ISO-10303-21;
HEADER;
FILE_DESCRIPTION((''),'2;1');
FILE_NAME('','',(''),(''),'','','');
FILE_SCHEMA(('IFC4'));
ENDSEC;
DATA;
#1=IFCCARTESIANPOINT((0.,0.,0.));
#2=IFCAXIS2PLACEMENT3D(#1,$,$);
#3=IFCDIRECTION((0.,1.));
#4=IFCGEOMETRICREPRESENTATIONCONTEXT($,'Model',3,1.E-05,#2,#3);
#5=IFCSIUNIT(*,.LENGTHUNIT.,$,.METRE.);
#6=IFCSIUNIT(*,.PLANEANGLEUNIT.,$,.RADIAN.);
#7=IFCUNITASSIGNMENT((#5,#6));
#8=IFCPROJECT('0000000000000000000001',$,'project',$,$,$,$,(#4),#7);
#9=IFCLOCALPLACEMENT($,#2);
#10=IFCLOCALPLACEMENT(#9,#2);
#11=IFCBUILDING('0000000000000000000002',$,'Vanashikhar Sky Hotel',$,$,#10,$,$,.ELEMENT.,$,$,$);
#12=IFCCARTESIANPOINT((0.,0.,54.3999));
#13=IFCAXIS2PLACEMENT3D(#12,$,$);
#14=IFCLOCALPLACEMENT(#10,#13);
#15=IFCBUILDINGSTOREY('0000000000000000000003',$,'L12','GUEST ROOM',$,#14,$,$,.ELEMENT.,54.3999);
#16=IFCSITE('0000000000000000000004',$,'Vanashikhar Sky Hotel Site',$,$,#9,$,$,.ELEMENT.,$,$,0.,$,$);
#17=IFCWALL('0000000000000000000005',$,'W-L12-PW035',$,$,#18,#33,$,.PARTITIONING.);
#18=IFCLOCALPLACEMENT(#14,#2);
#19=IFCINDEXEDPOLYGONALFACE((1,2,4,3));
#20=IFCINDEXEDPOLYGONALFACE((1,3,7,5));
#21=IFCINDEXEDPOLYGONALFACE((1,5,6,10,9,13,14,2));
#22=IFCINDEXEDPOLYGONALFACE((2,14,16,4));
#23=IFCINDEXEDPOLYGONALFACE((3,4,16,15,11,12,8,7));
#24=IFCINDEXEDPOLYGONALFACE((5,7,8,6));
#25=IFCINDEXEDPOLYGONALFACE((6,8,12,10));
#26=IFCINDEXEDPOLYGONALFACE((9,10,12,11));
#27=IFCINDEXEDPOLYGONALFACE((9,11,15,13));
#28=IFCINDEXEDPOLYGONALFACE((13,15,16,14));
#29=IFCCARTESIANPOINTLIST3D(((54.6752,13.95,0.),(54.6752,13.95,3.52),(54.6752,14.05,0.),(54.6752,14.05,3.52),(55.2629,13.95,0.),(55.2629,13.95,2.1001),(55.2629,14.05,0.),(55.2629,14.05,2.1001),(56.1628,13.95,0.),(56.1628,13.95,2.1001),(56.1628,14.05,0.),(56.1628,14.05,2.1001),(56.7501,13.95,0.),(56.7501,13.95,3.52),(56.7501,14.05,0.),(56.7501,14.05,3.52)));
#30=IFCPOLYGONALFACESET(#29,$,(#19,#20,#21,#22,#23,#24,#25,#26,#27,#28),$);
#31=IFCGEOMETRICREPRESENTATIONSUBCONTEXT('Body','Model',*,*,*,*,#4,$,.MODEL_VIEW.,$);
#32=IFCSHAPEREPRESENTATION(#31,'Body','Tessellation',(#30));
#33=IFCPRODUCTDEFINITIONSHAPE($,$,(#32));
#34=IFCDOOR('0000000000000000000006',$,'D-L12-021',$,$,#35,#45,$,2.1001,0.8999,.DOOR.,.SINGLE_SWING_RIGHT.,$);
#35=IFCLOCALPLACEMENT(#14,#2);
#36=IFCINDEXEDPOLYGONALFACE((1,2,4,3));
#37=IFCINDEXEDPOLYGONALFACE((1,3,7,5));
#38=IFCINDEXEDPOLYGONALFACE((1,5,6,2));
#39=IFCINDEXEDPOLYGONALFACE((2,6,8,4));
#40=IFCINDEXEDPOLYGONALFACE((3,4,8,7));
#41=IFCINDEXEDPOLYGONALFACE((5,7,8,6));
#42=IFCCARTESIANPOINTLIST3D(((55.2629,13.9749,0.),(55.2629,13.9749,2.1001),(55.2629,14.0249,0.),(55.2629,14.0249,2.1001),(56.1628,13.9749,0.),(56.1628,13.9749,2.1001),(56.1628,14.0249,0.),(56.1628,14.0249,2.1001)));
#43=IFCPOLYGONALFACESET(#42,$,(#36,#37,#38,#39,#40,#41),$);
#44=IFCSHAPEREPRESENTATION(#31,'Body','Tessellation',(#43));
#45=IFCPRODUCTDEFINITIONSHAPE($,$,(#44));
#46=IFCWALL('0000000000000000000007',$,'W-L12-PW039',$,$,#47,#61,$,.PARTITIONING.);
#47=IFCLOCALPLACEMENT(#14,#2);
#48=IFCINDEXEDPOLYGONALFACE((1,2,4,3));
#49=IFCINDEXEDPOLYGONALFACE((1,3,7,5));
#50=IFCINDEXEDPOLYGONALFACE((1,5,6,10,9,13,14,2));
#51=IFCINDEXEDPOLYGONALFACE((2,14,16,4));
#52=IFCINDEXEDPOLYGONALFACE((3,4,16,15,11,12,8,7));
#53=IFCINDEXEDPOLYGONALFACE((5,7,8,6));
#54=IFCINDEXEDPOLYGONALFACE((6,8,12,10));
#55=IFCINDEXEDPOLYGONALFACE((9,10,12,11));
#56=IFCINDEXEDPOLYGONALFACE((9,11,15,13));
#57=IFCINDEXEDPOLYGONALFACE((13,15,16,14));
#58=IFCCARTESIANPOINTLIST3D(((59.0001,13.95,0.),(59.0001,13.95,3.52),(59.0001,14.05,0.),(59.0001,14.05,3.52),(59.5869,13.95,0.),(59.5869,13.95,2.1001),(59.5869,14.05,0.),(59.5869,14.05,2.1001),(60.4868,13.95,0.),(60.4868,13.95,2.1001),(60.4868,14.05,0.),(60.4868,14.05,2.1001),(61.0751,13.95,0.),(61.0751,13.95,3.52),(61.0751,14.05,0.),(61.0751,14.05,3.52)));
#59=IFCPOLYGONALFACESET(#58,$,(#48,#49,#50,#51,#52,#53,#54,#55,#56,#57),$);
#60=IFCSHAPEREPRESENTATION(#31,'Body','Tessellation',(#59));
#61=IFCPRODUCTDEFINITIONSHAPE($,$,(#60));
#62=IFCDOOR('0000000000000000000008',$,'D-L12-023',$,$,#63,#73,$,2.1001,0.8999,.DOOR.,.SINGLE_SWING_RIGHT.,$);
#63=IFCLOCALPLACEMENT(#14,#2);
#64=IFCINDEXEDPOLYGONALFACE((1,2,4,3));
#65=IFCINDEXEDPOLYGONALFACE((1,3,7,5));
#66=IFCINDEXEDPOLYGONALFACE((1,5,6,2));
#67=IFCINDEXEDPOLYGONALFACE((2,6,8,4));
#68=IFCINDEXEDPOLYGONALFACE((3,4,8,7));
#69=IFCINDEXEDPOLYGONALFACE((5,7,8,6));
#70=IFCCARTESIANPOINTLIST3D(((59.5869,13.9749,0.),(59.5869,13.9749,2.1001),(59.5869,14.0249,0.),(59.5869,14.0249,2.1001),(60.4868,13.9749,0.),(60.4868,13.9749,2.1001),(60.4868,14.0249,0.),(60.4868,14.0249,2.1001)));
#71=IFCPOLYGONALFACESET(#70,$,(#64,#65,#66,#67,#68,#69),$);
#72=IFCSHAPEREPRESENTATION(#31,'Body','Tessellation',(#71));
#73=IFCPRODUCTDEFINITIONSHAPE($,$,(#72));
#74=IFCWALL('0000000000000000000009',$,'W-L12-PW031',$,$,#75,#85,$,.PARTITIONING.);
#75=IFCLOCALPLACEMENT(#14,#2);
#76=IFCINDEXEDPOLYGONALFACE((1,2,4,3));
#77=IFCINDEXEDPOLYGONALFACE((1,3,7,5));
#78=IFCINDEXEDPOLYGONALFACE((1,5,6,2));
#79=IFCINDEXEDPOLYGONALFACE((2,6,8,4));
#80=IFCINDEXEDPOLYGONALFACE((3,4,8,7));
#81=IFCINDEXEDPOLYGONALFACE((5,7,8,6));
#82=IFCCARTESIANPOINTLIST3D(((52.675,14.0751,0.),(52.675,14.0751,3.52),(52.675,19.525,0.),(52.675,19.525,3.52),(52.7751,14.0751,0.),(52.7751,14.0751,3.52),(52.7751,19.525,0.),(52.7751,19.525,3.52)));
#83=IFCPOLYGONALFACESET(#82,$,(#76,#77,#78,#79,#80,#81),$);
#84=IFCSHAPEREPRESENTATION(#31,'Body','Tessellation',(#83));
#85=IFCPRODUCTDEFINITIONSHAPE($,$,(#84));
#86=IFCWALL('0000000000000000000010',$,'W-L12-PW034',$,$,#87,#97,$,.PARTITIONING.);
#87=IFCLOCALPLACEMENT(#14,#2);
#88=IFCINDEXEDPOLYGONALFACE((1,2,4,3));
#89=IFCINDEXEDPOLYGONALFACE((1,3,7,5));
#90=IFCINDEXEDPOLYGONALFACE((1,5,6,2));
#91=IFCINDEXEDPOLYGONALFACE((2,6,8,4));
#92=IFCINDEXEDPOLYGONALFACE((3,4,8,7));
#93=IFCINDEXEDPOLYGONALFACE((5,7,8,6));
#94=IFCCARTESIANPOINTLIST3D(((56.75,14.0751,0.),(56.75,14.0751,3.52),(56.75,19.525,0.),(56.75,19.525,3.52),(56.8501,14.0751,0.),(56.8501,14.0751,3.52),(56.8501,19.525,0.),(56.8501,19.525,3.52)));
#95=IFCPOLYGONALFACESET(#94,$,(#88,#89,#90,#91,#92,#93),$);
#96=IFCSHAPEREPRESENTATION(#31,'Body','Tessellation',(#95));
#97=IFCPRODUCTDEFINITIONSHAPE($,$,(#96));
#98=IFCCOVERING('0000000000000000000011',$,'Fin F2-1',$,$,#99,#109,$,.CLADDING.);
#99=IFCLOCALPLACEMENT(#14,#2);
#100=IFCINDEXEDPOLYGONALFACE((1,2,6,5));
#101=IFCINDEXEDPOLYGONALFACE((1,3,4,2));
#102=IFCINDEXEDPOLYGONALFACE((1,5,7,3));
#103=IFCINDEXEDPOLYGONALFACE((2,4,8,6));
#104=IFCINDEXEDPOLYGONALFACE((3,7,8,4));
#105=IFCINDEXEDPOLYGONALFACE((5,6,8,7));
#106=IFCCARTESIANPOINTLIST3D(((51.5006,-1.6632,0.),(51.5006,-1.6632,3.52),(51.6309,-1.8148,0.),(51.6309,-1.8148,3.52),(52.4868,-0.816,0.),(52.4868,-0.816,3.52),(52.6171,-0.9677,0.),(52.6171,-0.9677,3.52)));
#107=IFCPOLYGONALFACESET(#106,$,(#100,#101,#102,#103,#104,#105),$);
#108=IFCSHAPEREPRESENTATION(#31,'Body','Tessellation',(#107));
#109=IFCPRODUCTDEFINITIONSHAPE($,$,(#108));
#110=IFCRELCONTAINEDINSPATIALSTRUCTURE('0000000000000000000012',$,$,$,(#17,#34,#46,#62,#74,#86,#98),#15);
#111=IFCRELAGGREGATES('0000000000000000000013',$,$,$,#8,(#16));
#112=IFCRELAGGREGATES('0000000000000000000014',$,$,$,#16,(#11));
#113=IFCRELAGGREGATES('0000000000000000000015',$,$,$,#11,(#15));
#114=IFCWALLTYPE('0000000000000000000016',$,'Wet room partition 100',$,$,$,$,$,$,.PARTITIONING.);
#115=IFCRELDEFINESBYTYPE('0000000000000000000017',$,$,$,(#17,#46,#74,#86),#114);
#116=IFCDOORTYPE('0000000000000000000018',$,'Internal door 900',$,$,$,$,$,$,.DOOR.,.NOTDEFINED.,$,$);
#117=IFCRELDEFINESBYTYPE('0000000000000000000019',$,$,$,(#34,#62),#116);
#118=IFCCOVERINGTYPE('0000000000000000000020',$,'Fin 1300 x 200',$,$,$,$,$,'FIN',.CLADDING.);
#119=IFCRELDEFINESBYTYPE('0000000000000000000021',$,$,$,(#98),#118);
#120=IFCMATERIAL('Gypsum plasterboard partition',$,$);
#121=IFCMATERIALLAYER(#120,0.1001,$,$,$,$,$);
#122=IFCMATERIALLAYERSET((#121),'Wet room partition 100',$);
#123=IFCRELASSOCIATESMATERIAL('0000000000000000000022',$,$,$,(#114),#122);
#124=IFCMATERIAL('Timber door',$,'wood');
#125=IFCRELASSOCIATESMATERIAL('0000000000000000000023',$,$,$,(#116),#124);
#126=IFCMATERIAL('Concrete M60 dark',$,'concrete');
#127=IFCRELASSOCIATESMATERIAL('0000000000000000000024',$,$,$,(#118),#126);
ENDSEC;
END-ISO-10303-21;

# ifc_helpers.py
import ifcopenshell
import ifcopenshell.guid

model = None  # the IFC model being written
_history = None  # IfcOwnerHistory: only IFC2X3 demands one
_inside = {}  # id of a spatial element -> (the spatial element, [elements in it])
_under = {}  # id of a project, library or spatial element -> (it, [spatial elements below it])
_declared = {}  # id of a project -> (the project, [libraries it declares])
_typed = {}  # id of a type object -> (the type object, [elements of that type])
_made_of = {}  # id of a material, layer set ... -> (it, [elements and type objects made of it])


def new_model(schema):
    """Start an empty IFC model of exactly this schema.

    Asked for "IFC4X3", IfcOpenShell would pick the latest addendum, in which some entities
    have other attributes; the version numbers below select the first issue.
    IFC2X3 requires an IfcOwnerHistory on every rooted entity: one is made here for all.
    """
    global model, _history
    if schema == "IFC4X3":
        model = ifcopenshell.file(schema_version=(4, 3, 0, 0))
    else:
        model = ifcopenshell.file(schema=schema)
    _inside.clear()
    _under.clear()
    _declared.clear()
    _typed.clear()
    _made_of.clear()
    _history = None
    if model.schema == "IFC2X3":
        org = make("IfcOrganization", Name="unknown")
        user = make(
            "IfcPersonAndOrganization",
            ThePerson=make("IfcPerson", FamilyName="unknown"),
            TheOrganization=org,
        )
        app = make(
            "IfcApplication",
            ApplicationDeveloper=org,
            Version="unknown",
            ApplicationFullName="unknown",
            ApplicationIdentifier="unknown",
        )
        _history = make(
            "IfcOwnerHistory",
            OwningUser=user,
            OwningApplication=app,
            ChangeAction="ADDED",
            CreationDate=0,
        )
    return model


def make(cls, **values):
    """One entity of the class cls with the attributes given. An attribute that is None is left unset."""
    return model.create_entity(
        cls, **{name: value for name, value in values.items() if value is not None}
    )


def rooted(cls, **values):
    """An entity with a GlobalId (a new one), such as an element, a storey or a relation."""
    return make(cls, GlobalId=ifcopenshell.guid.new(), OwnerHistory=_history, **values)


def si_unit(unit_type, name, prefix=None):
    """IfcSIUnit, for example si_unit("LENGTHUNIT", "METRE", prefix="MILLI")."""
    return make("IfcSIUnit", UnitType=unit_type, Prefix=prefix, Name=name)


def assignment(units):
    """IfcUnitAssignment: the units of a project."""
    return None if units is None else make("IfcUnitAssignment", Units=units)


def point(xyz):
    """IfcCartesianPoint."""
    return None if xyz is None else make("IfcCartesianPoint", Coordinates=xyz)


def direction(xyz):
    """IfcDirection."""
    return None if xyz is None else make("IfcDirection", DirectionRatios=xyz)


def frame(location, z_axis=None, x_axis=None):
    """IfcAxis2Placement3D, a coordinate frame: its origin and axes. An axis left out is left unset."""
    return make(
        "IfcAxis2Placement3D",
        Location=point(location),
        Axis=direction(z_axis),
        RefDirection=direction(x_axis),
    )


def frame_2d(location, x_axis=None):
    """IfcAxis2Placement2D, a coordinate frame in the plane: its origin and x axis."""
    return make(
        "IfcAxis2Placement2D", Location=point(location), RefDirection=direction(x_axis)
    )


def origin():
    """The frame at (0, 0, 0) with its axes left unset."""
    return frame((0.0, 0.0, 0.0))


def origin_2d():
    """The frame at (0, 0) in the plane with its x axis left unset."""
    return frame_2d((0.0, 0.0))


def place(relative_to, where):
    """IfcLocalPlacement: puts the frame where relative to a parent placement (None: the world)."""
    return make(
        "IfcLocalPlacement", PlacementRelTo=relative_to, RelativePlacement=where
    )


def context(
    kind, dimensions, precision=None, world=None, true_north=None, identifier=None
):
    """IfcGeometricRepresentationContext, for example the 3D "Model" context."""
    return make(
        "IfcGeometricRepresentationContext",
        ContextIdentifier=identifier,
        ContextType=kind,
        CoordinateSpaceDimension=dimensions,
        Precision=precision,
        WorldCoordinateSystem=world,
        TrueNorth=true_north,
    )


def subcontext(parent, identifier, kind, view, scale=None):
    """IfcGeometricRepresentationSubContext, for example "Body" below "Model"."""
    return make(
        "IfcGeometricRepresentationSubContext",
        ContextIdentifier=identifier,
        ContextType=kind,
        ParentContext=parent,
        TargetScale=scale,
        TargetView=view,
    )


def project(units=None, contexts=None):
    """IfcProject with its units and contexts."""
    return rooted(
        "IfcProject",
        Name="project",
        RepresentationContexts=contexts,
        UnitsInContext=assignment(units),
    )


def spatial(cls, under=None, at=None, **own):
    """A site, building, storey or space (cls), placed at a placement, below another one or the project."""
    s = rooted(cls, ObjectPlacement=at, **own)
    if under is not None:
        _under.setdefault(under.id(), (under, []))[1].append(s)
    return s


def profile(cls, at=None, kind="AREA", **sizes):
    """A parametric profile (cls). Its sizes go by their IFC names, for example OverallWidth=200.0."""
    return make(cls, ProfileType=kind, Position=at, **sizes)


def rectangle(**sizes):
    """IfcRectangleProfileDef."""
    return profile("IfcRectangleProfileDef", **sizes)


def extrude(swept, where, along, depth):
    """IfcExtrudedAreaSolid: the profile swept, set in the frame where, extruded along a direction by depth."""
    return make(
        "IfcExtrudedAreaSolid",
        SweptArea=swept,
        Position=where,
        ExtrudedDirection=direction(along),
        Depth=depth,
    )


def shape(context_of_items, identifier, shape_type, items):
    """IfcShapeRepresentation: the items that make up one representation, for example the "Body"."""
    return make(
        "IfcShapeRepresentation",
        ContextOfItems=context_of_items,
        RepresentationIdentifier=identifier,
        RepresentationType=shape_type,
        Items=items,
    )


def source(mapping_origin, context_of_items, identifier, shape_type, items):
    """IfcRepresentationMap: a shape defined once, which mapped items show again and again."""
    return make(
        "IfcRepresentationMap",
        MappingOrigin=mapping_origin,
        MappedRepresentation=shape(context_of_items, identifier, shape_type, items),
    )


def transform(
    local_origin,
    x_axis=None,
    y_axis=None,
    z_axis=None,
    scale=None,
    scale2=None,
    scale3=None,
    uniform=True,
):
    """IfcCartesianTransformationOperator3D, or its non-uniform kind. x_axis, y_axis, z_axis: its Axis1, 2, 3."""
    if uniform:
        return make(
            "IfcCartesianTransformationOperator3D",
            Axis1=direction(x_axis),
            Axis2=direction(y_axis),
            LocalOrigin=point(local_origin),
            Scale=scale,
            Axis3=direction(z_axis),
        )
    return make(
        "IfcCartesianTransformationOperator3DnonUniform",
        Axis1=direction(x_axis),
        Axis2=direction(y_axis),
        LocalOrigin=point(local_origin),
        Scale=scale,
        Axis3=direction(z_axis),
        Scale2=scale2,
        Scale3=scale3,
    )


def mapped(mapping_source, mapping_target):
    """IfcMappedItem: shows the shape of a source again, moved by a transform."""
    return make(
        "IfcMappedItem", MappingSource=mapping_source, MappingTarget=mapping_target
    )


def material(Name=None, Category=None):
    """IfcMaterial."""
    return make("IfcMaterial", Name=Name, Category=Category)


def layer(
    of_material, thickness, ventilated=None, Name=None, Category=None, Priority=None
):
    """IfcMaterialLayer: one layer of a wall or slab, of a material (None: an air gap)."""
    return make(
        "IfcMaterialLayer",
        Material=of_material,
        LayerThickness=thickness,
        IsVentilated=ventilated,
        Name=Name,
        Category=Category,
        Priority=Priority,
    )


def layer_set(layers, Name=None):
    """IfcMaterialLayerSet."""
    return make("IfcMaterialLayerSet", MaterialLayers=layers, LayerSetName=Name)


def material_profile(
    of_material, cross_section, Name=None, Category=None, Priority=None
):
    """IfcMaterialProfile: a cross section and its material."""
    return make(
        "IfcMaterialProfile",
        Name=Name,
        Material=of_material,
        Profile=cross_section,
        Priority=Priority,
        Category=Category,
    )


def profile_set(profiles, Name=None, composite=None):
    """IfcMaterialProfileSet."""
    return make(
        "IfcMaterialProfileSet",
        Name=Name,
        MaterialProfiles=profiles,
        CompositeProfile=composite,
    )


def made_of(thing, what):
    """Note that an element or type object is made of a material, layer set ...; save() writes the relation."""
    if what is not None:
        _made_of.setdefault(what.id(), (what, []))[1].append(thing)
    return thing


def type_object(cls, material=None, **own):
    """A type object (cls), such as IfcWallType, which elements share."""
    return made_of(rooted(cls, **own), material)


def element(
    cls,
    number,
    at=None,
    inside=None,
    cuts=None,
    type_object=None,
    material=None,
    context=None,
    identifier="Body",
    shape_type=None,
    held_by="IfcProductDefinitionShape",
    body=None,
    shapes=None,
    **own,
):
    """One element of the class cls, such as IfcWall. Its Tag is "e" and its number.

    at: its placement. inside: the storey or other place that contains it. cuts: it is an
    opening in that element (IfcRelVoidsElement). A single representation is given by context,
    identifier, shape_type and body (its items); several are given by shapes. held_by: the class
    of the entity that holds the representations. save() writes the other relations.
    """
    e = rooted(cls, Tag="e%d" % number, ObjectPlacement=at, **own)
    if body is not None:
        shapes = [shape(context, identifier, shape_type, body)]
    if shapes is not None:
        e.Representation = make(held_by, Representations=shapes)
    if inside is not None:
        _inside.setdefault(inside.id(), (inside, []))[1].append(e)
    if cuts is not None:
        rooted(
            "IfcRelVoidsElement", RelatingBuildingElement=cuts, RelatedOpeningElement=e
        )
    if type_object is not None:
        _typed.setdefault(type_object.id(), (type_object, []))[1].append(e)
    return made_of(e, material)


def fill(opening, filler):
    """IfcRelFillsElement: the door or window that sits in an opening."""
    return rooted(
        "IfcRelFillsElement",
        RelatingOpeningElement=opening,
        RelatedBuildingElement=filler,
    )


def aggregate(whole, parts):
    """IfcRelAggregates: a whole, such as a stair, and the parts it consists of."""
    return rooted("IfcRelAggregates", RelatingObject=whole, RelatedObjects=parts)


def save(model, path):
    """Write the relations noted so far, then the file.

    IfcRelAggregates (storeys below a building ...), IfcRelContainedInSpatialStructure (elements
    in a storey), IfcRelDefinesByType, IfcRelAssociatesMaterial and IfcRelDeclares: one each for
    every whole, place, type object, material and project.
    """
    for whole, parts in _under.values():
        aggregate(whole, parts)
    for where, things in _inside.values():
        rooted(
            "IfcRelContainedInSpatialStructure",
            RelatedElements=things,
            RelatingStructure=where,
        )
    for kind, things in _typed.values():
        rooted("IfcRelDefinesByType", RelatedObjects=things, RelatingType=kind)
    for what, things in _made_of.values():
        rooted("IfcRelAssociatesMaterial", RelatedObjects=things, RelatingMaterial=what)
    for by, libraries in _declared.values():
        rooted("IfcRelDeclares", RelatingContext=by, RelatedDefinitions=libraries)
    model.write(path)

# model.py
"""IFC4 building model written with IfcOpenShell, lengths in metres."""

from ifc_helpers import new_model, si_unit, direction, frame, frame_2d, origin, origin_2d, place, context, subcontext, project, spatial, rectangle, extrude, source, transform, mapped, material, layer, layer_set, material_profile, profile_set, type_object, element, fill, save


model = new_model("IFC4")

# Units and contexts
model_context = context("Model", 3, precision=1e-05, world=origin(), true_north=direction((0.0, 1.0)))
body_context = subcontext(model_context, "Body", "Model", "MODEL_VIEW")
ifc_project = project(units=[si_unit("LENGTHUNIT", "METRE"), si_unit("PLANEANGLEUNIT", "RADIAN")], contexts=[model_context])

# Site, building, storey
site_placement = place(None, origin())
site = spatial("IfcSite", under=ifc_project, at=site_placement, Name="Vanashikhar Sky Hotel Site", CompositionType="ELEMENT", RefElevation=0.0)
building_placement = place(site_placement, origin())
building = spatial("IfcBuilding", under=site, at=building_placement, Name="Vanashikhar Sky Hotel", CompositionType="ELEMENT")
storey_placement = place(building_placement, frame((0.0, 0.0, 54.3999)))
storey = spatial("IfcBuildingStorey", under=building, at=storey_placement, Name="L12", Description="GUEST ROOM", CompositionType="ELEMENT", Elevation=54.3999)

# Shared definitions
ifc_material_1 = material(Name="Gypsum plasterboard partition")

# Walls, openings, doors
ifc_layer_1 = layer(ifc_material_1, 0.1001)
ifc_layer_set_1 = layer_set([ifc_layer_1], Name="Wet room partition 100")
wall_type_1 = type_object("IfcWallType", Name="Wet room partition 100", PredefinedType="PARTITIONING", material=ifc_layer_set_1)
shared_shape_1 = source(origin(), body_context, "Body", "SweptSolid", [
    extrude(rectangle(XDim=2.075, YDim=0.1001, at=frame_2d((1.0376, 0.0))), origin(), (0.0, 0.0, 1.0), 3.52),
])
shared_shape_2 = source(origin(), body_context, "Body", "SweptSolid", [
    extrude(rectangle(XDim=0.8999, YDim=2.1001, at=frame_2d((0.45, 1.05))), frame((0.0, 0.0601, 0.0), z_axis=(0.0, -1.0, 0.0), x_axis=(1.0, 0.0, 0.0)), (0.0, 0.0, 1.0), 0.1201),
])
ifc_material_2 = material(Name="Timber door", Category="wood")
door_type = type_object("IfcDoorType", Name="Internal door 900", OperationType="NOTDEFINED", PredefinedType="DOOR", material=ifc_material_2)
shared_shape_3 = source(origin(), body_context, "Body", "SweptSolid", [
    extrude(rectangle(XDim=0.8999, YDim=2.1001, at=frame_2d((0.45, 1.05))), frame((0.0, 0.0249, 0.0), z_axis=(0.0, -1.0, 0.0), x_axis=(1.0, 0.0, 0.0)), (0.0, 0.0, 1.0), 0.05),
])
wall_1_placement = place(storey_placement, frame((54.675, 14.0, 0.0), z_axis=(0.0, 0.0, 1.0), x_axis=(1.0, 0.0, 0.0)))
wall_1 = element("IfcWall", 1, at=wall_1_placement, inside=storey, type_object=wall_type_1, Name="W-L12-PW035", PredefinedType="PARTITIONING", context=body_context, shape_type="MappedRepresentation", body=[
    mapped(shared_shape_1, transform((0.0, 0.0, 0.0), scale=1.0)),
])
opening_1_placement = place(wall_1_placement, frame((0.5879, 0.0, 0.0)))
opening_1 = element("IfcOpeningElement", 2, at=opening_1_placement, cuts=wall_1, PredefinedType="OPENING", context=body_context, shape_type="MappedRepresentation", body=[
    mapped(shared_shape_2, transform((0.0, 0.0, 0.0), scale=1.0)),
])
door_1_placement = place(opening_1_placement, origin())
door_1 = element("IfcDoor", 3, at=door_1_placement, inside=storey, type_object=door_type, Name="D-L12-021", OperationType="SINGLE_SWING_RIGHT", OverallHeight=2.1001, OverallWidth=0.8999, PredefinedType="DOOR", context=body_context, shape_type="MappedRepresentation", body=[
    mapped(shared_shape_3, transform((0.0, 0.0, 0.0), scale=1.0)),
])
fill(opening_1, door_1)
wall_2_placement = place(storey_placement, frame((59.0, 14.0, 0.0), z_axis=(0.0, 0.0, 1.0), x_axis=(1.0, 0.0, 0.0)))
wall_2 = element("IfcWall", 4, at=wall_2_placement, inside=storey, type_object=wall_type_1, Name="W-L12-PW039", PredefinedType="PARTITIONING", context=body_context, shape_type="MappedRepresentation", body=[
    mapped(shared_shape_1, transform((0.0, 0.0, 0.0), scale=1.0)),
])
opening_2_placement = place(wall_2_placement, frame((0.5869, 0.0, 0.0)))
opening_2 = element("IfcOpeningElement", 5, at=opening_2_placement, cuts=wall_2, PredefinedType="OPENING", context=body_context, shape_type="MappedRepresentation", body=[
    mapped(shared_shape_2, transform((0.0, 0.0, 0.0), scale=1.0)),
])
door_2_placement = place(opening_2_placement, origin())
door_2 = element("IfcDoor", 6, at=door_2_placement, inside=storey, type_object=door_type, Name="D-L12-023", OperationType="SINGLE_SWING_RIGHT", OverallHeight=2.1001, OverallWidth=0.8999, PredefinedType="DOOR", context=body_context, shape_type="MappedRepresentation", body=[
    mapped(shared_shape_3, transform((0.0, 0.0, 0.0), scale=1.0)),
])
fill(opening_2, door_2)

# Walls
shared_shape_4 = source(origin(), body_context, "Body", "SweptSolid", [
    extrude(rectangle(XDim=5.45, YDim=0.1001, at=frame_2d((2.7251, 0.0))), origin(), (0.0, 0.0, 1.0), 3.52),
])
for number, where, z_axis, x_axis, name in (
    (7, (52.7251, 14.075, 0.0), (0.0, 0.0, 1.0), (0.0, 1.0, 0.0), "W-L12-PW031"),
    (8, (56.8, 14.075, 0.0), (0.0, 0.0, 1.0), (0.0, 1.0, 0.0), "W-L12-PW034"),
):
    element("IfcWall", number, at=place(storey_placement, frame(where, z_axis=z_axis, x_axis=x_axis)), inside=storey, type_object=wall_type_1, Name=name, PredefinedType="PARTITIONING", context=body_context, shape_type="MappedRepresentation", body=[
        mapped(shared_shape_4, transform((0.0, 0.0, 0.0), scale=1.0)),
    ])

# Covering
ifc_material_3 = material(Name="Concrete M60 dark", Category="concrete")
ifc_material_profile = material_profile(ifc_material_3, rectangle(XDim=1.3, YDim=0.2, at=origin_2d()))
ifc_profile_set = profile_set([ifc_material_profile], Name="Fin 1300 x 200")
covering_type = type_object("IfcCoveringType", Name="Fin 1300 x 200", ElementType="FIN", PredefinedType="CLADDING", material=ifc_profile_set)
shared_shape_5 = source(origin(), body_context, "Body", "SweptSolid", [
    extrude(rectangle(XDim=1.3, YDim=0.2, at=origin_2d()), origin(), (0.0, 0.0, 1.0), 3.52),
])
covering_placement = place(storey_placement, frame((52.0588, -1.3154, 0.0), z_axis=(0.0, 0.0, 1.0), x_axis=(-0.758544, -0.651622, 0.0)))
element("IfcCovering", 9, at=covering_placement, inside=storey, type_object=covering_type, Name="Fin F2-1", PredefinedType="CLADDING", context=body_context, shape_type="MappedRepresentation", body=[
    mapped(shared_shape_5, transform((0.0, 0.0, 0.0), scale=1.0)),
])

save(model, "model.ifc")
